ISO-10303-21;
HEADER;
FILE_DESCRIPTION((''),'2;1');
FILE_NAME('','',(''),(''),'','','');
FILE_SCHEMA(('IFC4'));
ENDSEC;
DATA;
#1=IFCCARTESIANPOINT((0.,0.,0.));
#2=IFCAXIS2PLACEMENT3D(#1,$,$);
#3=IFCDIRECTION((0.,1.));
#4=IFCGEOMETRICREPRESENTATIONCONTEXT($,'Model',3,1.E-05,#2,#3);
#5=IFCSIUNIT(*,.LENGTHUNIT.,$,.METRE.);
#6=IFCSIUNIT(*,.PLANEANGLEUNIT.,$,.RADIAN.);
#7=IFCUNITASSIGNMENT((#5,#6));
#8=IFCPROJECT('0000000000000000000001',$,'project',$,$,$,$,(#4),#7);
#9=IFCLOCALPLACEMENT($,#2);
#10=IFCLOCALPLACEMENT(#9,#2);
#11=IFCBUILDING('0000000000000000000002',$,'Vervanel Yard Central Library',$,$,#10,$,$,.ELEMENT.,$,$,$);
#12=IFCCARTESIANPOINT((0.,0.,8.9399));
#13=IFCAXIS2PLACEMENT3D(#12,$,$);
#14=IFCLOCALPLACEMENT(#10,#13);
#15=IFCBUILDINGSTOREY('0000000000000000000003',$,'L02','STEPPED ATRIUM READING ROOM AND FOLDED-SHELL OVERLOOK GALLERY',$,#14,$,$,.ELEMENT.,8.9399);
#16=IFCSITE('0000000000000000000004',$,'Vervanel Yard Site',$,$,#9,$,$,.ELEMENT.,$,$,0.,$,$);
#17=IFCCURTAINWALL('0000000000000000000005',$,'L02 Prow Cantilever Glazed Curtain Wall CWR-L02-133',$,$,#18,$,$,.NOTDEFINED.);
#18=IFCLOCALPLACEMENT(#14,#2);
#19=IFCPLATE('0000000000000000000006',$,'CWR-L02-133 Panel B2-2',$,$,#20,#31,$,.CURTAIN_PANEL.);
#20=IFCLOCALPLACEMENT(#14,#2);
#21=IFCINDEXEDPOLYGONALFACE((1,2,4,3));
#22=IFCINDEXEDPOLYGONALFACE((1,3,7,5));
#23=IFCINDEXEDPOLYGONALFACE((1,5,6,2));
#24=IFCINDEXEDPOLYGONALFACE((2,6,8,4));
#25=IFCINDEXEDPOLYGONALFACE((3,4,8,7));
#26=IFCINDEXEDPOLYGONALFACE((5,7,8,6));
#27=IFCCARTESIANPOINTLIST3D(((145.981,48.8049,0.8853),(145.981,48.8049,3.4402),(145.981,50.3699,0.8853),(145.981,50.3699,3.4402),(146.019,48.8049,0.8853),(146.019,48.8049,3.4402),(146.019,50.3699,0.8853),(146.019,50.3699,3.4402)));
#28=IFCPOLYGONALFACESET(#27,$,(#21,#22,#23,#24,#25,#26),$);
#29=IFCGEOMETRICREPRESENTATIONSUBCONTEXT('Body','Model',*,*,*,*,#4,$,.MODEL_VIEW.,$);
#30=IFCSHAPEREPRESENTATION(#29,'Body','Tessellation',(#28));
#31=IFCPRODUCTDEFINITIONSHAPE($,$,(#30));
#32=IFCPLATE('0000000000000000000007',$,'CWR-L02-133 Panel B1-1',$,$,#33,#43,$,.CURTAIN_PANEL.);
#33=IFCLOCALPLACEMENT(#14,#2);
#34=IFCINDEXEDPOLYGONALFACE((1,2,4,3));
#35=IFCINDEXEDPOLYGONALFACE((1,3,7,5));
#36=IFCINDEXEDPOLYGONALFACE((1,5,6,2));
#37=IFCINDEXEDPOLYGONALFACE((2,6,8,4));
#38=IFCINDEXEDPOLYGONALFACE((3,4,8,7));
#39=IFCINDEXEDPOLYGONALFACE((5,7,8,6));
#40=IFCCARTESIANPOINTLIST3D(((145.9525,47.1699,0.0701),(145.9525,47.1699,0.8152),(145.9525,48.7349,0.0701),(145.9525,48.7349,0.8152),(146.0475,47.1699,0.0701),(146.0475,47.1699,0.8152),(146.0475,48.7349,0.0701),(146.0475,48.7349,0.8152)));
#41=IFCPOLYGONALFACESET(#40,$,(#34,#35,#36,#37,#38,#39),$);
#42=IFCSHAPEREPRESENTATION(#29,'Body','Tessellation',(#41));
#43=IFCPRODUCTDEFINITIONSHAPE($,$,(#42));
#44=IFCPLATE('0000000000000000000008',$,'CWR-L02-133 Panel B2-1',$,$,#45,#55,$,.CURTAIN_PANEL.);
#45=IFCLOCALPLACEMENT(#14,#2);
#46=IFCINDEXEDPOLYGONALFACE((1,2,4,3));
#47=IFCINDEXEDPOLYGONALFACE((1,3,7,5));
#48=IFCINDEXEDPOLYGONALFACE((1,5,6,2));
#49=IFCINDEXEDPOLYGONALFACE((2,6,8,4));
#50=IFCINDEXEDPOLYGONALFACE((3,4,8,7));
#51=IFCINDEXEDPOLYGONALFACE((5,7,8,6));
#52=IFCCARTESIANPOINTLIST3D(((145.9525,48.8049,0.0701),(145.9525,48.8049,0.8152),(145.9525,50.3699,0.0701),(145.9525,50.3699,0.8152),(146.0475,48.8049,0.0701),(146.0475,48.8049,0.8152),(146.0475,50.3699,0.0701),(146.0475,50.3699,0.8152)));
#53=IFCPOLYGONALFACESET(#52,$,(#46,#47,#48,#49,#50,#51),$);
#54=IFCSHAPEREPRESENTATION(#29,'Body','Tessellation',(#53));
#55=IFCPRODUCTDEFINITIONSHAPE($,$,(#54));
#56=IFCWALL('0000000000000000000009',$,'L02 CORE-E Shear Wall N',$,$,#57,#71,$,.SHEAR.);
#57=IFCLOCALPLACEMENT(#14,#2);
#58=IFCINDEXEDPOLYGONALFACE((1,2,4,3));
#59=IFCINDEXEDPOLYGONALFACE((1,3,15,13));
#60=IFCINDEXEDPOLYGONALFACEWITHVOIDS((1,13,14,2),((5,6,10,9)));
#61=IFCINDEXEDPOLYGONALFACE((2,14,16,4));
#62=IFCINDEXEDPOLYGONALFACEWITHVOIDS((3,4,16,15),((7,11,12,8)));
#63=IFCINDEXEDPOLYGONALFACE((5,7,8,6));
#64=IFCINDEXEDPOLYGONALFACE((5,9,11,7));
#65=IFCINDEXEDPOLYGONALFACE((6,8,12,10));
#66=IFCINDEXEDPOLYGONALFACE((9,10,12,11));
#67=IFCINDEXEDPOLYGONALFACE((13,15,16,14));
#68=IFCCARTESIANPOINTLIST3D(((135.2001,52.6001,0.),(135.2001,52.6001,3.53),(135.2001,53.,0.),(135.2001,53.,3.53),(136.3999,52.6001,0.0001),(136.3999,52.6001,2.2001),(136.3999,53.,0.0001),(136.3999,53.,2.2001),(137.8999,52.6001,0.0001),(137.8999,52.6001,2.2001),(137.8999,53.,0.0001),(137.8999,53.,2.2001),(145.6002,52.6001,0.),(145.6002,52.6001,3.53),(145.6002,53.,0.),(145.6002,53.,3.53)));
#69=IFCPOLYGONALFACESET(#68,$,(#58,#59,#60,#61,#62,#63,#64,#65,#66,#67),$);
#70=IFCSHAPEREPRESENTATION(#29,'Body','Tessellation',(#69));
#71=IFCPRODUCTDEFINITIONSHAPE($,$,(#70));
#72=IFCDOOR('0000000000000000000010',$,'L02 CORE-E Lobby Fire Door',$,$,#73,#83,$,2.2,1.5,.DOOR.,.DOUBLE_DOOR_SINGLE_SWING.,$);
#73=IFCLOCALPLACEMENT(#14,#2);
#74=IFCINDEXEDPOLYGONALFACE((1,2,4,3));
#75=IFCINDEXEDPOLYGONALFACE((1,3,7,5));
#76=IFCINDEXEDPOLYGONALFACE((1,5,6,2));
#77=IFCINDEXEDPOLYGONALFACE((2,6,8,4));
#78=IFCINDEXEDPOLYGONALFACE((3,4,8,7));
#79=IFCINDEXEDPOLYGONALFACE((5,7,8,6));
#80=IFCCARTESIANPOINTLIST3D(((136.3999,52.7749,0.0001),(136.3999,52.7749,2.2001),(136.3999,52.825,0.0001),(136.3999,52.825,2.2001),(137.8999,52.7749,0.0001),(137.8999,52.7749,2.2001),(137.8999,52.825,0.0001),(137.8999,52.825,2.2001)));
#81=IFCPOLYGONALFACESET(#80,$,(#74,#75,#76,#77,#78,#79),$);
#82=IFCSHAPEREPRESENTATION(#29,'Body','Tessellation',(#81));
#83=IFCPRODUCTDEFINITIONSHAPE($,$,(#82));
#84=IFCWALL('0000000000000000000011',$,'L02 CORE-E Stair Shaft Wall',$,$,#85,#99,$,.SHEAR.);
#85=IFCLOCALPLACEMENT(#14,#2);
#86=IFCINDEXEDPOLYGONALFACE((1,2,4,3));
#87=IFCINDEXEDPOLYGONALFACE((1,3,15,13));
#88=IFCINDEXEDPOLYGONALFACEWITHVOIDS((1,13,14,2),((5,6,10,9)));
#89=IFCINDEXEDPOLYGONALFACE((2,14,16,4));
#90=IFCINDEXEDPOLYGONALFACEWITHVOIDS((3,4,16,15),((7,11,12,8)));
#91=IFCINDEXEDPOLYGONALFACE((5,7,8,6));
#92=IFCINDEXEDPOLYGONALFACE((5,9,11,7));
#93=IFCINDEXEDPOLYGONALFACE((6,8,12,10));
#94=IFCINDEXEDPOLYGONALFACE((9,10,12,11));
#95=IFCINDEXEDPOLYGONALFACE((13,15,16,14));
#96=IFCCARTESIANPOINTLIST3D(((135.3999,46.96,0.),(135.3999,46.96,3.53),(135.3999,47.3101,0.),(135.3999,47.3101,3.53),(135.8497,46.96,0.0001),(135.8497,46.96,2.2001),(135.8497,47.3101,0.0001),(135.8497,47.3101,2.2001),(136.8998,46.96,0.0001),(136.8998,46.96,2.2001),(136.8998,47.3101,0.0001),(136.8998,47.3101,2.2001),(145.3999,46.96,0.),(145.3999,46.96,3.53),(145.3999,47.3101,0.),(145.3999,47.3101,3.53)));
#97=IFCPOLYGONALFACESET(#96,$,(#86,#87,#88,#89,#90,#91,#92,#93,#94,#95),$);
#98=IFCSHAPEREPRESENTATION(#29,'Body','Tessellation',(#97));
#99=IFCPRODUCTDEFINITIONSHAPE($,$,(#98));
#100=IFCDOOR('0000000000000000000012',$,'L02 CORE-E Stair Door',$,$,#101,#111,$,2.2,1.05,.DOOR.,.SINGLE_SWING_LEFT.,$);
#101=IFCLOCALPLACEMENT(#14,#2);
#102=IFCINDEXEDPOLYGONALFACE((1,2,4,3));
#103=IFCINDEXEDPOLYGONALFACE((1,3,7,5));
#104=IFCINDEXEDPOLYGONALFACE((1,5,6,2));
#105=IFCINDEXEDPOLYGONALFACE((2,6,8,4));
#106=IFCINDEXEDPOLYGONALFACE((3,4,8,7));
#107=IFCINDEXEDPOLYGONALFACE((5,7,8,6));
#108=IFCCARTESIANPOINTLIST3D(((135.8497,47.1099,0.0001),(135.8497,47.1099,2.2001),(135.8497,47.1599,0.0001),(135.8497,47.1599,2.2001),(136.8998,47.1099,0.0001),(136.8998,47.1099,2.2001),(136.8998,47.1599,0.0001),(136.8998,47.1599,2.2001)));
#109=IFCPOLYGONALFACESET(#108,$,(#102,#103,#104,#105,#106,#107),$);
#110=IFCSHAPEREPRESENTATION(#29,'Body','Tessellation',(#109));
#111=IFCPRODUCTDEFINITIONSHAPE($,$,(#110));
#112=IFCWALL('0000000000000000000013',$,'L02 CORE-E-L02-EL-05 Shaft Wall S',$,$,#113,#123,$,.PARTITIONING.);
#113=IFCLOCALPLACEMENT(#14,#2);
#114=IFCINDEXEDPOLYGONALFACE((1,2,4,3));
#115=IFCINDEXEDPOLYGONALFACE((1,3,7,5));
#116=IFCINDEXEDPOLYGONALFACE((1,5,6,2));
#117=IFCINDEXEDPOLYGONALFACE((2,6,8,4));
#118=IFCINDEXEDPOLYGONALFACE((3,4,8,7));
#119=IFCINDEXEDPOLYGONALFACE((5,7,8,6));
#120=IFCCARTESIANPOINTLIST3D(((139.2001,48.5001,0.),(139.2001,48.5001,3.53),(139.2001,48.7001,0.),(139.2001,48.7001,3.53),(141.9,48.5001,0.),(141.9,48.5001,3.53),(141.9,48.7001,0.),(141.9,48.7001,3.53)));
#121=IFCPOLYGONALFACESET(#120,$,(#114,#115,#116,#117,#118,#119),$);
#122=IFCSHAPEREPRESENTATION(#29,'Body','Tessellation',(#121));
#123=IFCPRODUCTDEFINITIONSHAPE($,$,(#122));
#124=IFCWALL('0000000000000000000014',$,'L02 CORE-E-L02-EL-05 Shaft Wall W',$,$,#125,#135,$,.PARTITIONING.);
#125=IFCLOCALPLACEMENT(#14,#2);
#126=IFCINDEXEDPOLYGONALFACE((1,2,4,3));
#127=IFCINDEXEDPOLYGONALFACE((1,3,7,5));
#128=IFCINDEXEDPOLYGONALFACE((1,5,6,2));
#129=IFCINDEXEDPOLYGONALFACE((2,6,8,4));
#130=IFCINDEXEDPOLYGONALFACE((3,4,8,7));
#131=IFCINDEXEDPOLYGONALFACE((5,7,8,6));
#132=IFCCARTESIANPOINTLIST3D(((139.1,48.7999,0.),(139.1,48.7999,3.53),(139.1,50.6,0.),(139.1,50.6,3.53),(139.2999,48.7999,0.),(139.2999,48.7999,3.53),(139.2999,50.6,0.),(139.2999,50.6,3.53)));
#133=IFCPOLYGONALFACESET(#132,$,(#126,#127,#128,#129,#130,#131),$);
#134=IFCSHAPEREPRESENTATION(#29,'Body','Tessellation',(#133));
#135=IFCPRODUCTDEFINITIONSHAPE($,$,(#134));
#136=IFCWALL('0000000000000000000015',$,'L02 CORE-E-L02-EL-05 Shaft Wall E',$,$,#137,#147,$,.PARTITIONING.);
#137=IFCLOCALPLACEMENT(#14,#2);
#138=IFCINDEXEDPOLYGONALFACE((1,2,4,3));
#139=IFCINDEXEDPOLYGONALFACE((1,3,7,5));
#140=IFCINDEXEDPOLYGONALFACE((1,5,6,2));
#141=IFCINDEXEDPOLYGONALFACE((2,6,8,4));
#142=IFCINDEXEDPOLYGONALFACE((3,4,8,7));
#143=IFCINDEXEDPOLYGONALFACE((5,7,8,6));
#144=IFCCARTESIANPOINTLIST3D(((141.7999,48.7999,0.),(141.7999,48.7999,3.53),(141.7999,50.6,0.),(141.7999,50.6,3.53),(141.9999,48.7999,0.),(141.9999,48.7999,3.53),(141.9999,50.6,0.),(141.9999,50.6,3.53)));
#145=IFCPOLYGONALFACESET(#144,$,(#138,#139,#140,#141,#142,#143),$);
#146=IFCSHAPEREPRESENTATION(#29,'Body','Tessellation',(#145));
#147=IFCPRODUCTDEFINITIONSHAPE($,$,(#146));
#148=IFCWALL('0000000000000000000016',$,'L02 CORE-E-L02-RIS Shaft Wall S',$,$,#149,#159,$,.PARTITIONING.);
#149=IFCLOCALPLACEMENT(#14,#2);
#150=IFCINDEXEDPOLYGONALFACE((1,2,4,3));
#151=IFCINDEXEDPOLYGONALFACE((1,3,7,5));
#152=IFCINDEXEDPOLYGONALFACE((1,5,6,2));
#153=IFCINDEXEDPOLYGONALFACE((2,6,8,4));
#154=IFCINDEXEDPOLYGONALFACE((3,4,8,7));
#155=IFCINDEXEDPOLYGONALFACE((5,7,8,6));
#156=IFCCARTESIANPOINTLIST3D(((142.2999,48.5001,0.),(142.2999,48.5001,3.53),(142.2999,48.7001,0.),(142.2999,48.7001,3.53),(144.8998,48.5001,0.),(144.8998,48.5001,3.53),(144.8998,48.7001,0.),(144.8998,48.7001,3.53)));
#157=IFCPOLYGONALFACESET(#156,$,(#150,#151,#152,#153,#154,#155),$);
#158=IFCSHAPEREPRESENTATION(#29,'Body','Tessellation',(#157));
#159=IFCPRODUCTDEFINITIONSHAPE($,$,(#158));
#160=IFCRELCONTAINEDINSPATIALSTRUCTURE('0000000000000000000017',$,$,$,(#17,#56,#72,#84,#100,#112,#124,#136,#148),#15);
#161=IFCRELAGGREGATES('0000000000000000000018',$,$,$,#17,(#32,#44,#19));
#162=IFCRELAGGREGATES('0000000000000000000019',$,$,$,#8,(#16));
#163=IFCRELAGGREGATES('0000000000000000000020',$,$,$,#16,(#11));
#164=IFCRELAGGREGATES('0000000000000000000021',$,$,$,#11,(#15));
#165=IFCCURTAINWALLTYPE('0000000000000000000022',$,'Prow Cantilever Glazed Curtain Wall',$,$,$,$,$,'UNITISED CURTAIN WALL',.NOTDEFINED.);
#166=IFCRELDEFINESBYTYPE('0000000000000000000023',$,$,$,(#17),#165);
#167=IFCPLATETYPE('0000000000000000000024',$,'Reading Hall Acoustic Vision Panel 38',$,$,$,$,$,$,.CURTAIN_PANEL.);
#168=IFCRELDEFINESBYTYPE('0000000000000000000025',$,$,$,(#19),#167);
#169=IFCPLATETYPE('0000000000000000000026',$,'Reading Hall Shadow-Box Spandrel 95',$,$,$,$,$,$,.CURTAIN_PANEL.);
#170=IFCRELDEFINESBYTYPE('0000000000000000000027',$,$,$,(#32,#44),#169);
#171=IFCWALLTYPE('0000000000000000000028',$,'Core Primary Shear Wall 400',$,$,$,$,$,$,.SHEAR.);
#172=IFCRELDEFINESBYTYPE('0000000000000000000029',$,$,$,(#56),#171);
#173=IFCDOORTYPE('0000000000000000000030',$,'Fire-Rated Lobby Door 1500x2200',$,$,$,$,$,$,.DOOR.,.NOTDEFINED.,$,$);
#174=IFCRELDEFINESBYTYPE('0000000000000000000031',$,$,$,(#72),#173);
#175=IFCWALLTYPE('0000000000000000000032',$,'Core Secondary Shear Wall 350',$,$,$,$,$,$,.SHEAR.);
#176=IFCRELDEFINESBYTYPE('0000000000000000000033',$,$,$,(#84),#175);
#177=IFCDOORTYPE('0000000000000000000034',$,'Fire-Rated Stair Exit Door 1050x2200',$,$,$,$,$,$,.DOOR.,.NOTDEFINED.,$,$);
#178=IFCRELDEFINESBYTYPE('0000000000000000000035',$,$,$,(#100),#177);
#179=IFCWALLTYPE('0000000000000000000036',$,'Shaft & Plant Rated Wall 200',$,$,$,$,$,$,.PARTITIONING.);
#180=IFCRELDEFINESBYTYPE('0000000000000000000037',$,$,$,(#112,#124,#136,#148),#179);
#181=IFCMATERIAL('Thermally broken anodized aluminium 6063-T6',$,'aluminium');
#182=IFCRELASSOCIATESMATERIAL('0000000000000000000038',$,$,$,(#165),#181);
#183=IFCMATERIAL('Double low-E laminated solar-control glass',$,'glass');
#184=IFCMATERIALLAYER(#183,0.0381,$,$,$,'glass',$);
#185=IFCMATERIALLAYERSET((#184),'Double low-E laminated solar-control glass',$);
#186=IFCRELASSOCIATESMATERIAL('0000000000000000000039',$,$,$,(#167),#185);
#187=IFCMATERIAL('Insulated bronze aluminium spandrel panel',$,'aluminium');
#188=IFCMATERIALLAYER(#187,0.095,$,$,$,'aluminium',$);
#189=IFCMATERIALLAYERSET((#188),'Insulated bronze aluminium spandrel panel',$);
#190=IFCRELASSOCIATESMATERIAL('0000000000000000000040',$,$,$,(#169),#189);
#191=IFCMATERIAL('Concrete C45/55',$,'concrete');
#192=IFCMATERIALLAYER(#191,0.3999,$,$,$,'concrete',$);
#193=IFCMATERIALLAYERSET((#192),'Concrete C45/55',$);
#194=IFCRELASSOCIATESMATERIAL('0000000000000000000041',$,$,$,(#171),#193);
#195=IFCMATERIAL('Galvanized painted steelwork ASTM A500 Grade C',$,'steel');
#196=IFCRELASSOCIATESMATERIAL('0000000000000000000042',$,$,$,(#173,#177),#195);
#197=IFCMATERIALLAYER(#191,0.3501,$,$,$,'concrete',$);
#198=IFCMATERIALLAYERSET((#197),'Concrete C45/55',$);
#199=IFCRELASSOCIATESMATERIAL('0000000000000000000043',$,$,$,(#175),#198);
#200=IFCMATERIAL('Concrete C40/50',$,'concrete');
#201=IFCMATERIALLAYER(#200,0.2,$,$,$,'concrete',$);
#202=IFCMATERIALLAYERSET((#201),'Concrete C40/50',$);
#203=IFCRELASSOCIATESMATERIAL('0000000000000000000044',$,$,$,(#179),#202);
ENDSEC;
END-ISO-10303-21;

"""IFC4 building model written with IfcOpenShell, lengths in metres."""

from ifc_helpers import new_model, si_unit, direction, frame, frame_2d, origin, origin_2d, place, context, subcontext, project, spatial, rectangle, extrude, material, layer, layer_set, type_object, element, fill, aggregate, save


model = new_model("IFC4")

# Units and contexts
model_context = context("Model", 3, precision=1e-05, world=origin(), true_north=direction((0.0, 1.0)))
body_context = subcontext(model_context, "Body", "Model", "MODEL_VIEW")
ifc_project = project(units=[si_unit("LENGTHUNIT", "METRE"), si_unit("PLANEANGLEUNIT", "RADIAN")], contexts=[model_context])

# Site, building, storey
site_placement = place(None, origin())
site = spatial("IfcSite", under=ifc_project, at=site_placement, Name="Vervanel Yard Site", CompositionType="ELEMENT", RefElevation=0.0)
building_placement = place(site_placement, origin())
building = spatial("IfcBuilding", under=site, at=building_placement, Name="Vervanel Yard Central Library", CompositionType="ELEMENT")
storey_placement = place(building_placement, frame((0.0, 0.0, 8.9399)))
storey = spatial("IfcBuildingStorey", under=building, at=storey_placement, Name="L02", Description="STEPPED ATRIUM READING ROOM AND FOLDED-SHELL OVERLOOK GALLERY", CompositionType="ELEMENT", Elevation=8.9399)

# Shared definitions
ifc_material_1 = material(Name="Thermally broken anodized aluminium 6063-T6", Category="aluminium")
curtain_wall_type = type_object("IfcCurtainWallType", Name="Prow Cantilever Glazed Curtain Wall", ElementType="UNITISED CURTAIN WALL", PredefinedType="NOTDEFINED", material=ifc_material_1)

# Curtain wall
curtain_wall_1_placement = place(storey_placement, origin())
curtain_wall_1 = element("IfcCurtainWall", 1, at=curtain_wall_1_placement, inside=storey, type_object=curtain_wall_type, Name="L02 Prow Cantilever Glazed Curtain Wall CWR-L02-133", PredefinedType="NOTDEFINED")

# Plates
ifc_material_2 = material(Name="Double low-E laminated solar-control glass", Category="glass")
ifc_layer_1 = layer(ifc_material_2, 0.0381, Category="glass")
ifc_layer_set_1 = layer_set([ifc_layer_1], Name="Double low-E laminated solar-control glass")
plate_type_1 = type_object("IfcPlateType", Name="Reading Hall Acoustic Vision Panel 38", PredefinedType="CURTAIN_PANEL", material=ifc_layer_set_1)
plate_1_placement = place(storey_placement, frame((146.0, 49.5874, 0.8853), z_axis=(0.0, 0.0, 1.0), x_axis=(0.0, 1.0, 0.0)))
plate_1 = element("IfcPlate", 2, at=plate_1_placement, type_object=plate_type_1, Name="CWR-L02-133 Panel B2-2", PredefinedType="CURTAIN_PANEL", context=body_context, shape_type="SweptSolid", body=[
    extrude(rectangle(XDim=1.5649, YDim=0.0381, at=origin_2d()), origin(), (0.0, 0.0, 1.0), 2.5549),
])
ifc_material_3 = material(Name="Insulated bronze aluminium spandrel panel", Category="aluminium")
ifc_layer_2 = layer(ifc_material_3, 0.095, Category="aluminium")
ifc_layer_set_2 = layer_set([ifc_layer_2], Name="Insulated bronze aluminium spandrel panel")
plate_type_2 = type_object("IfcPlateType", Name="Reading Hall Shadow-Box Spandrel 95", PredefinedType="CURTAIN_PANEL", material=ifc_layer_set_2)
plate_2_placement = place(storey_placement, frame((146.0, 47.9524, 0.0701), z_axis=(0.0, 0.0, 1.0), x_axis=(0.0, 1.0, 0.0)))
plate_2 = element("IfcPlate", 3, at=plate_2_placement, type_object=plate_type_2, Name="CWR-L02-133 Panel B1-1", PredefinedType="CURTAIN_PANEL", context=body_context, shape_type="SweptSolid", body=[
    extrude(rectangle(XDim=1.5649, YDim=0.095, at=origin_2d()), origin(), (0.0, 0.0, 1.0), 0.7451),
])
plate_3_placement = place(storey_placement, frame((146.0, 49.5874, 0.0701), z_axis=(0.0, 0.0, 1.0), x_axis=(0.0, 1.0, 0.0)))
plate_3 = element("IfcPlate", 4, at=plate_3_placement, type_object=plate_type_2, Name="CWR-L02-133 Panel B2-1", PredefinedType="CURTAIN_PANEL", context=body_context, shape_type="SweptSolid", body=[
    extrude(rectangle(XDim=1.5649, YDim=0.095, at=origin_2d()), origin(), (0.0, 0.0, 1.0), 0.7451),
])
aggregate(curtain_wall_1, [plate_2, plate_3, plate_1])

# Walls, openings, doors
ifc_material_4 = material(Name="Concrete C45/55", Category="concrete")
ifc_layer_3 = layer(ifc_material_4, 0.3999, Category="concrete")
ifc_layer_set_3 = layer_set([ifc_layer_3], Name="Concrete C45/55")
wall_type_1 = type_object("IfcWallType", Name="Core Primary Shear Wall 400", PredefinedType="SHEAR", material=ifc_layer_set_3)
wall_1_placement = place(storey_placement, frame((135.2, 52.8, 0.0), z_axis=(0.0, 0.0, 1.0), x_axis=(1.0, 0.0, 0.0)))
wall_1 = element("IfcWall", 5, at=wall_1_placement, inside=storey, type_object=wall_type_1, Name="L02 CORE-E Shear Wall N", PredefinedType="SHEAR", context=body_context, shape_type="SweptSolid", body=[
    extrude(rectangle(XDim=10.4001, YDim=0.3999, at=frame_2d((5.2002, 0.0))), origin(), (0.0, 0.0, 1.0), 3.53),
])
opening_1_placement = place(wall_1_placement, frame((1.2, 0.0, 0.0)))
opening_1 = element("IfcOpeningElement", 6, at=opening_1_placement, cuts=wall_1, PredefinedType="OPENING", context=body_context, shape_type="SweptSolid", body=[
    extrude(rectangle(XDim=1.5, YDim=2.2, at=frame_2d((0.75, 1.1001))), frame((0.0, 0.21, 0.0), z_axis=(0.0, -1.0, 0.0), x_axis=(1.0, 0.0, 0.0)), (0.0, 0.0, 1.0), 0.4199),
])
ifc_material_5 = material(Name="Galvanized painted steelwork ASTM A500 Grade C", Category="steel")
door_type_1 = type_object("IfcDoorType", Name="Fire-Rated Lobby Door 1500x2200", OperationType="NOTDEFINED", PredefinedType="DOOR", material=ifc_material_5)
door_1_placement = place(opening_1_placement, origin())
door_1 = element("IfcDoor", 7, at=door_1_placement, inside=storey, type_object=door_type_1, Name="L02 CORE-E Lobby Fire Door", OperationType="DOUBLE_DOOR_SINGLE_SWING", OverallHeight=2.2, OverallWidth=1.5, PredefinedType="DOOR", context=body_context, shape_type="SweptSolid", body=[
    extrude(rectangle(XDim=1.5, YDim=2.2, at=frame_2d((0.75, 1.1001))), frame((0.0, 0.0249, 0.0), z_axis=(0.0, -1.0, 0.0), x_axis=(1.0, 0.0, 0.0)), (0.0, 0.0, 1.0), 0.05),
])
fill(opening_1, door_1)
ifc_layer_4 = layer(ifc_material_4, 0.3501, Category="concrete")
ifc_layer_set_4 = layer_set([ifc_layer_4], Name="Concrete C45/55")
wall_type_2 = type_object("IfcWallType", Name="Core Secondary Shear Wall 350", PredefinedType="SHEAR", material=ifc_layer_set_4)
wall_2_placement = place(storey_placement, frame((135.3999, 47.135, 0.0), z_axis=(0.0, 0.0, 1.0), x_axis=(1.0, 0.0, 0.0)))
wall_2 = element("IfcWall", 8, at=wall_2_placement, inside=storey, type_object=wall_type_2, Name="L02 CORE-E Stair Shaft Wall", PredefinedType="SHEAR", context=body_context, shape_type="SweptSolid", body=[
    extrude(rectangle(XDim=10.0, YDim=0.3501, at=frame_2d((5.0, 0.0))), origin(), (0.0, 0.0, 1.0), 3.53),
])
opening_2_placement = place(wall_2_placement, frame((0.45, 0.0, 0.0)))
opening_2 = element("IfcOpeningElement", 9, at=opening_2_placement, cuts=wall_2, PredefinedType="OPENING", context=body_context, shape_type="SweptSolid", body=[
    extrude(rectangle(XDim=1.05, YDim=2.2, at=frame_2d((0.5249, 1.1001))), frame((0.0, 0.1851, 0.0), z_axis=(0.0, -1.0, 0.0), x_axis=(1.0, 0.0, 0.0)), (0.0, 0.0, 1.0), 0.3701),
])
door_type_2 = type_object("IfcDoorType", Name="Fire-Rated Stair Exit Door 1050x2200", OperationType="NOTDEFINED", PredefinedType="DOOR", material=ifc_material_5)
door_2_placement = place(opening_2_placement, origin())
door_2 = element("IfcDoor", 10, at=door_2_placement, inside=storey, type_object=door_type_2, Name="L02 CORE-E Stair Door", OperationType="SINGLE_SWING_LEFT", OverallHeight=2.2, OverallWidth=1.05, PredefinedType="DOOR", context=body_context, shape_type="SweptSolid", body=[
    extrude(rectangle(XDim=1.05, YDim=2.2, at=frame_2d((0.5249, 1.1001))), frame((0.0, 0.0249, 0.0), z_axis=(0.0, -1.0, 0.0), x_axis=(1.0, 0.0, 0.0)), (0.0, 0.0, 1.0), 0.05),
])
fill(opening_2, door_2)

# Wall
ifc_material_6 = material(Name="Concrete C40/50", Category="concrete")
ifc_layer_5 = layer(ifc_material_6, 0.2, Category="concrete")
ifc_layer_set_5 = layer_set([ifc_layer_5], Name="Concrete C40/50")
wall_type_3 = type_object("IfcWallType", Name="Shaft & Plant Rated Wall 200", PredefinedType="PARTITIONING", material=ifc_layer_set_5)
wall_3_placement = place(storey_placement, frame((139.2, 48.6001, 0.0), z_axis=(0.0, 0.0, 1.0), x_axis=(1.0, 0.0, 0.0)))
element("IfcWall", 11, at=wall_3_placement, inside=storey, type_object=wall_type_3, Name="L02 CORE-E-L02-EL-05 Shaft Wall S", PredefinedType="PARTITIONING", context=body_context, shape_type="SweptSolid", body=[
    extrude(rectangle(XDim=2.7, YDim=0.2, at=frame_2d((1.3501, 0.0))), origin(), (0.0, 0.0, 1.0), 3.53),
])

# Walls
for number, where, z_axis, x_axis, name in (
    (12, (139.2, 48.8, 0.0), (0.0, 0.0, 1.0), (0.0, 1.0, 0.0), "L02 CORE-E-L02-EL-05 Shaft Wall W"),
    (13, (141.8999, 48.8, 0.0), (0.0, 0.0, 1.0), (0.0, 1.0, 0.0), "L02 CORE-E-L02-EL-05 Shaft Wall E"),
):
    element("IfcWall", number, at=place(storey_placement, frame(where, z_axis=z_axis, x_axis=x_axis)), inside=storey, type_object=wall_type_3, Name=name, PredefinedType="PARTITIONING", context=body_context, shape_type="SweptSolid", body=[
        extrude(rectangle(XDim=1.8, YDim=0.2, at=frame_2d((0.8999, 0.0))), origin(), (0.0, 0.0, 1.0), 3.53),
    ])
wall_4_placement = place(storey_placement, frame((142.3, 48.6001, 0.0), z_axis=(0.0, 0.0, 1.0), x_axis=(1.0, 0.0, 0.0)))
element("IfcWall", 14, at=wall_4_placement, inside=storey, type_object=wall_type_3, Name="L02 CORE-E-L02-RIS Shaft Wall S", PredefinedType="PARTITIONING", context=body_context, shape_type="SweptSolid", body=[
    extrude(rectangle(XDim=2.5999, YDim=0.2, at=frame_2d((1.2998, 0.0))), origin(), (0.0, 0.0, 1.0), 3.53),
])

save(model, "model.ifc")
